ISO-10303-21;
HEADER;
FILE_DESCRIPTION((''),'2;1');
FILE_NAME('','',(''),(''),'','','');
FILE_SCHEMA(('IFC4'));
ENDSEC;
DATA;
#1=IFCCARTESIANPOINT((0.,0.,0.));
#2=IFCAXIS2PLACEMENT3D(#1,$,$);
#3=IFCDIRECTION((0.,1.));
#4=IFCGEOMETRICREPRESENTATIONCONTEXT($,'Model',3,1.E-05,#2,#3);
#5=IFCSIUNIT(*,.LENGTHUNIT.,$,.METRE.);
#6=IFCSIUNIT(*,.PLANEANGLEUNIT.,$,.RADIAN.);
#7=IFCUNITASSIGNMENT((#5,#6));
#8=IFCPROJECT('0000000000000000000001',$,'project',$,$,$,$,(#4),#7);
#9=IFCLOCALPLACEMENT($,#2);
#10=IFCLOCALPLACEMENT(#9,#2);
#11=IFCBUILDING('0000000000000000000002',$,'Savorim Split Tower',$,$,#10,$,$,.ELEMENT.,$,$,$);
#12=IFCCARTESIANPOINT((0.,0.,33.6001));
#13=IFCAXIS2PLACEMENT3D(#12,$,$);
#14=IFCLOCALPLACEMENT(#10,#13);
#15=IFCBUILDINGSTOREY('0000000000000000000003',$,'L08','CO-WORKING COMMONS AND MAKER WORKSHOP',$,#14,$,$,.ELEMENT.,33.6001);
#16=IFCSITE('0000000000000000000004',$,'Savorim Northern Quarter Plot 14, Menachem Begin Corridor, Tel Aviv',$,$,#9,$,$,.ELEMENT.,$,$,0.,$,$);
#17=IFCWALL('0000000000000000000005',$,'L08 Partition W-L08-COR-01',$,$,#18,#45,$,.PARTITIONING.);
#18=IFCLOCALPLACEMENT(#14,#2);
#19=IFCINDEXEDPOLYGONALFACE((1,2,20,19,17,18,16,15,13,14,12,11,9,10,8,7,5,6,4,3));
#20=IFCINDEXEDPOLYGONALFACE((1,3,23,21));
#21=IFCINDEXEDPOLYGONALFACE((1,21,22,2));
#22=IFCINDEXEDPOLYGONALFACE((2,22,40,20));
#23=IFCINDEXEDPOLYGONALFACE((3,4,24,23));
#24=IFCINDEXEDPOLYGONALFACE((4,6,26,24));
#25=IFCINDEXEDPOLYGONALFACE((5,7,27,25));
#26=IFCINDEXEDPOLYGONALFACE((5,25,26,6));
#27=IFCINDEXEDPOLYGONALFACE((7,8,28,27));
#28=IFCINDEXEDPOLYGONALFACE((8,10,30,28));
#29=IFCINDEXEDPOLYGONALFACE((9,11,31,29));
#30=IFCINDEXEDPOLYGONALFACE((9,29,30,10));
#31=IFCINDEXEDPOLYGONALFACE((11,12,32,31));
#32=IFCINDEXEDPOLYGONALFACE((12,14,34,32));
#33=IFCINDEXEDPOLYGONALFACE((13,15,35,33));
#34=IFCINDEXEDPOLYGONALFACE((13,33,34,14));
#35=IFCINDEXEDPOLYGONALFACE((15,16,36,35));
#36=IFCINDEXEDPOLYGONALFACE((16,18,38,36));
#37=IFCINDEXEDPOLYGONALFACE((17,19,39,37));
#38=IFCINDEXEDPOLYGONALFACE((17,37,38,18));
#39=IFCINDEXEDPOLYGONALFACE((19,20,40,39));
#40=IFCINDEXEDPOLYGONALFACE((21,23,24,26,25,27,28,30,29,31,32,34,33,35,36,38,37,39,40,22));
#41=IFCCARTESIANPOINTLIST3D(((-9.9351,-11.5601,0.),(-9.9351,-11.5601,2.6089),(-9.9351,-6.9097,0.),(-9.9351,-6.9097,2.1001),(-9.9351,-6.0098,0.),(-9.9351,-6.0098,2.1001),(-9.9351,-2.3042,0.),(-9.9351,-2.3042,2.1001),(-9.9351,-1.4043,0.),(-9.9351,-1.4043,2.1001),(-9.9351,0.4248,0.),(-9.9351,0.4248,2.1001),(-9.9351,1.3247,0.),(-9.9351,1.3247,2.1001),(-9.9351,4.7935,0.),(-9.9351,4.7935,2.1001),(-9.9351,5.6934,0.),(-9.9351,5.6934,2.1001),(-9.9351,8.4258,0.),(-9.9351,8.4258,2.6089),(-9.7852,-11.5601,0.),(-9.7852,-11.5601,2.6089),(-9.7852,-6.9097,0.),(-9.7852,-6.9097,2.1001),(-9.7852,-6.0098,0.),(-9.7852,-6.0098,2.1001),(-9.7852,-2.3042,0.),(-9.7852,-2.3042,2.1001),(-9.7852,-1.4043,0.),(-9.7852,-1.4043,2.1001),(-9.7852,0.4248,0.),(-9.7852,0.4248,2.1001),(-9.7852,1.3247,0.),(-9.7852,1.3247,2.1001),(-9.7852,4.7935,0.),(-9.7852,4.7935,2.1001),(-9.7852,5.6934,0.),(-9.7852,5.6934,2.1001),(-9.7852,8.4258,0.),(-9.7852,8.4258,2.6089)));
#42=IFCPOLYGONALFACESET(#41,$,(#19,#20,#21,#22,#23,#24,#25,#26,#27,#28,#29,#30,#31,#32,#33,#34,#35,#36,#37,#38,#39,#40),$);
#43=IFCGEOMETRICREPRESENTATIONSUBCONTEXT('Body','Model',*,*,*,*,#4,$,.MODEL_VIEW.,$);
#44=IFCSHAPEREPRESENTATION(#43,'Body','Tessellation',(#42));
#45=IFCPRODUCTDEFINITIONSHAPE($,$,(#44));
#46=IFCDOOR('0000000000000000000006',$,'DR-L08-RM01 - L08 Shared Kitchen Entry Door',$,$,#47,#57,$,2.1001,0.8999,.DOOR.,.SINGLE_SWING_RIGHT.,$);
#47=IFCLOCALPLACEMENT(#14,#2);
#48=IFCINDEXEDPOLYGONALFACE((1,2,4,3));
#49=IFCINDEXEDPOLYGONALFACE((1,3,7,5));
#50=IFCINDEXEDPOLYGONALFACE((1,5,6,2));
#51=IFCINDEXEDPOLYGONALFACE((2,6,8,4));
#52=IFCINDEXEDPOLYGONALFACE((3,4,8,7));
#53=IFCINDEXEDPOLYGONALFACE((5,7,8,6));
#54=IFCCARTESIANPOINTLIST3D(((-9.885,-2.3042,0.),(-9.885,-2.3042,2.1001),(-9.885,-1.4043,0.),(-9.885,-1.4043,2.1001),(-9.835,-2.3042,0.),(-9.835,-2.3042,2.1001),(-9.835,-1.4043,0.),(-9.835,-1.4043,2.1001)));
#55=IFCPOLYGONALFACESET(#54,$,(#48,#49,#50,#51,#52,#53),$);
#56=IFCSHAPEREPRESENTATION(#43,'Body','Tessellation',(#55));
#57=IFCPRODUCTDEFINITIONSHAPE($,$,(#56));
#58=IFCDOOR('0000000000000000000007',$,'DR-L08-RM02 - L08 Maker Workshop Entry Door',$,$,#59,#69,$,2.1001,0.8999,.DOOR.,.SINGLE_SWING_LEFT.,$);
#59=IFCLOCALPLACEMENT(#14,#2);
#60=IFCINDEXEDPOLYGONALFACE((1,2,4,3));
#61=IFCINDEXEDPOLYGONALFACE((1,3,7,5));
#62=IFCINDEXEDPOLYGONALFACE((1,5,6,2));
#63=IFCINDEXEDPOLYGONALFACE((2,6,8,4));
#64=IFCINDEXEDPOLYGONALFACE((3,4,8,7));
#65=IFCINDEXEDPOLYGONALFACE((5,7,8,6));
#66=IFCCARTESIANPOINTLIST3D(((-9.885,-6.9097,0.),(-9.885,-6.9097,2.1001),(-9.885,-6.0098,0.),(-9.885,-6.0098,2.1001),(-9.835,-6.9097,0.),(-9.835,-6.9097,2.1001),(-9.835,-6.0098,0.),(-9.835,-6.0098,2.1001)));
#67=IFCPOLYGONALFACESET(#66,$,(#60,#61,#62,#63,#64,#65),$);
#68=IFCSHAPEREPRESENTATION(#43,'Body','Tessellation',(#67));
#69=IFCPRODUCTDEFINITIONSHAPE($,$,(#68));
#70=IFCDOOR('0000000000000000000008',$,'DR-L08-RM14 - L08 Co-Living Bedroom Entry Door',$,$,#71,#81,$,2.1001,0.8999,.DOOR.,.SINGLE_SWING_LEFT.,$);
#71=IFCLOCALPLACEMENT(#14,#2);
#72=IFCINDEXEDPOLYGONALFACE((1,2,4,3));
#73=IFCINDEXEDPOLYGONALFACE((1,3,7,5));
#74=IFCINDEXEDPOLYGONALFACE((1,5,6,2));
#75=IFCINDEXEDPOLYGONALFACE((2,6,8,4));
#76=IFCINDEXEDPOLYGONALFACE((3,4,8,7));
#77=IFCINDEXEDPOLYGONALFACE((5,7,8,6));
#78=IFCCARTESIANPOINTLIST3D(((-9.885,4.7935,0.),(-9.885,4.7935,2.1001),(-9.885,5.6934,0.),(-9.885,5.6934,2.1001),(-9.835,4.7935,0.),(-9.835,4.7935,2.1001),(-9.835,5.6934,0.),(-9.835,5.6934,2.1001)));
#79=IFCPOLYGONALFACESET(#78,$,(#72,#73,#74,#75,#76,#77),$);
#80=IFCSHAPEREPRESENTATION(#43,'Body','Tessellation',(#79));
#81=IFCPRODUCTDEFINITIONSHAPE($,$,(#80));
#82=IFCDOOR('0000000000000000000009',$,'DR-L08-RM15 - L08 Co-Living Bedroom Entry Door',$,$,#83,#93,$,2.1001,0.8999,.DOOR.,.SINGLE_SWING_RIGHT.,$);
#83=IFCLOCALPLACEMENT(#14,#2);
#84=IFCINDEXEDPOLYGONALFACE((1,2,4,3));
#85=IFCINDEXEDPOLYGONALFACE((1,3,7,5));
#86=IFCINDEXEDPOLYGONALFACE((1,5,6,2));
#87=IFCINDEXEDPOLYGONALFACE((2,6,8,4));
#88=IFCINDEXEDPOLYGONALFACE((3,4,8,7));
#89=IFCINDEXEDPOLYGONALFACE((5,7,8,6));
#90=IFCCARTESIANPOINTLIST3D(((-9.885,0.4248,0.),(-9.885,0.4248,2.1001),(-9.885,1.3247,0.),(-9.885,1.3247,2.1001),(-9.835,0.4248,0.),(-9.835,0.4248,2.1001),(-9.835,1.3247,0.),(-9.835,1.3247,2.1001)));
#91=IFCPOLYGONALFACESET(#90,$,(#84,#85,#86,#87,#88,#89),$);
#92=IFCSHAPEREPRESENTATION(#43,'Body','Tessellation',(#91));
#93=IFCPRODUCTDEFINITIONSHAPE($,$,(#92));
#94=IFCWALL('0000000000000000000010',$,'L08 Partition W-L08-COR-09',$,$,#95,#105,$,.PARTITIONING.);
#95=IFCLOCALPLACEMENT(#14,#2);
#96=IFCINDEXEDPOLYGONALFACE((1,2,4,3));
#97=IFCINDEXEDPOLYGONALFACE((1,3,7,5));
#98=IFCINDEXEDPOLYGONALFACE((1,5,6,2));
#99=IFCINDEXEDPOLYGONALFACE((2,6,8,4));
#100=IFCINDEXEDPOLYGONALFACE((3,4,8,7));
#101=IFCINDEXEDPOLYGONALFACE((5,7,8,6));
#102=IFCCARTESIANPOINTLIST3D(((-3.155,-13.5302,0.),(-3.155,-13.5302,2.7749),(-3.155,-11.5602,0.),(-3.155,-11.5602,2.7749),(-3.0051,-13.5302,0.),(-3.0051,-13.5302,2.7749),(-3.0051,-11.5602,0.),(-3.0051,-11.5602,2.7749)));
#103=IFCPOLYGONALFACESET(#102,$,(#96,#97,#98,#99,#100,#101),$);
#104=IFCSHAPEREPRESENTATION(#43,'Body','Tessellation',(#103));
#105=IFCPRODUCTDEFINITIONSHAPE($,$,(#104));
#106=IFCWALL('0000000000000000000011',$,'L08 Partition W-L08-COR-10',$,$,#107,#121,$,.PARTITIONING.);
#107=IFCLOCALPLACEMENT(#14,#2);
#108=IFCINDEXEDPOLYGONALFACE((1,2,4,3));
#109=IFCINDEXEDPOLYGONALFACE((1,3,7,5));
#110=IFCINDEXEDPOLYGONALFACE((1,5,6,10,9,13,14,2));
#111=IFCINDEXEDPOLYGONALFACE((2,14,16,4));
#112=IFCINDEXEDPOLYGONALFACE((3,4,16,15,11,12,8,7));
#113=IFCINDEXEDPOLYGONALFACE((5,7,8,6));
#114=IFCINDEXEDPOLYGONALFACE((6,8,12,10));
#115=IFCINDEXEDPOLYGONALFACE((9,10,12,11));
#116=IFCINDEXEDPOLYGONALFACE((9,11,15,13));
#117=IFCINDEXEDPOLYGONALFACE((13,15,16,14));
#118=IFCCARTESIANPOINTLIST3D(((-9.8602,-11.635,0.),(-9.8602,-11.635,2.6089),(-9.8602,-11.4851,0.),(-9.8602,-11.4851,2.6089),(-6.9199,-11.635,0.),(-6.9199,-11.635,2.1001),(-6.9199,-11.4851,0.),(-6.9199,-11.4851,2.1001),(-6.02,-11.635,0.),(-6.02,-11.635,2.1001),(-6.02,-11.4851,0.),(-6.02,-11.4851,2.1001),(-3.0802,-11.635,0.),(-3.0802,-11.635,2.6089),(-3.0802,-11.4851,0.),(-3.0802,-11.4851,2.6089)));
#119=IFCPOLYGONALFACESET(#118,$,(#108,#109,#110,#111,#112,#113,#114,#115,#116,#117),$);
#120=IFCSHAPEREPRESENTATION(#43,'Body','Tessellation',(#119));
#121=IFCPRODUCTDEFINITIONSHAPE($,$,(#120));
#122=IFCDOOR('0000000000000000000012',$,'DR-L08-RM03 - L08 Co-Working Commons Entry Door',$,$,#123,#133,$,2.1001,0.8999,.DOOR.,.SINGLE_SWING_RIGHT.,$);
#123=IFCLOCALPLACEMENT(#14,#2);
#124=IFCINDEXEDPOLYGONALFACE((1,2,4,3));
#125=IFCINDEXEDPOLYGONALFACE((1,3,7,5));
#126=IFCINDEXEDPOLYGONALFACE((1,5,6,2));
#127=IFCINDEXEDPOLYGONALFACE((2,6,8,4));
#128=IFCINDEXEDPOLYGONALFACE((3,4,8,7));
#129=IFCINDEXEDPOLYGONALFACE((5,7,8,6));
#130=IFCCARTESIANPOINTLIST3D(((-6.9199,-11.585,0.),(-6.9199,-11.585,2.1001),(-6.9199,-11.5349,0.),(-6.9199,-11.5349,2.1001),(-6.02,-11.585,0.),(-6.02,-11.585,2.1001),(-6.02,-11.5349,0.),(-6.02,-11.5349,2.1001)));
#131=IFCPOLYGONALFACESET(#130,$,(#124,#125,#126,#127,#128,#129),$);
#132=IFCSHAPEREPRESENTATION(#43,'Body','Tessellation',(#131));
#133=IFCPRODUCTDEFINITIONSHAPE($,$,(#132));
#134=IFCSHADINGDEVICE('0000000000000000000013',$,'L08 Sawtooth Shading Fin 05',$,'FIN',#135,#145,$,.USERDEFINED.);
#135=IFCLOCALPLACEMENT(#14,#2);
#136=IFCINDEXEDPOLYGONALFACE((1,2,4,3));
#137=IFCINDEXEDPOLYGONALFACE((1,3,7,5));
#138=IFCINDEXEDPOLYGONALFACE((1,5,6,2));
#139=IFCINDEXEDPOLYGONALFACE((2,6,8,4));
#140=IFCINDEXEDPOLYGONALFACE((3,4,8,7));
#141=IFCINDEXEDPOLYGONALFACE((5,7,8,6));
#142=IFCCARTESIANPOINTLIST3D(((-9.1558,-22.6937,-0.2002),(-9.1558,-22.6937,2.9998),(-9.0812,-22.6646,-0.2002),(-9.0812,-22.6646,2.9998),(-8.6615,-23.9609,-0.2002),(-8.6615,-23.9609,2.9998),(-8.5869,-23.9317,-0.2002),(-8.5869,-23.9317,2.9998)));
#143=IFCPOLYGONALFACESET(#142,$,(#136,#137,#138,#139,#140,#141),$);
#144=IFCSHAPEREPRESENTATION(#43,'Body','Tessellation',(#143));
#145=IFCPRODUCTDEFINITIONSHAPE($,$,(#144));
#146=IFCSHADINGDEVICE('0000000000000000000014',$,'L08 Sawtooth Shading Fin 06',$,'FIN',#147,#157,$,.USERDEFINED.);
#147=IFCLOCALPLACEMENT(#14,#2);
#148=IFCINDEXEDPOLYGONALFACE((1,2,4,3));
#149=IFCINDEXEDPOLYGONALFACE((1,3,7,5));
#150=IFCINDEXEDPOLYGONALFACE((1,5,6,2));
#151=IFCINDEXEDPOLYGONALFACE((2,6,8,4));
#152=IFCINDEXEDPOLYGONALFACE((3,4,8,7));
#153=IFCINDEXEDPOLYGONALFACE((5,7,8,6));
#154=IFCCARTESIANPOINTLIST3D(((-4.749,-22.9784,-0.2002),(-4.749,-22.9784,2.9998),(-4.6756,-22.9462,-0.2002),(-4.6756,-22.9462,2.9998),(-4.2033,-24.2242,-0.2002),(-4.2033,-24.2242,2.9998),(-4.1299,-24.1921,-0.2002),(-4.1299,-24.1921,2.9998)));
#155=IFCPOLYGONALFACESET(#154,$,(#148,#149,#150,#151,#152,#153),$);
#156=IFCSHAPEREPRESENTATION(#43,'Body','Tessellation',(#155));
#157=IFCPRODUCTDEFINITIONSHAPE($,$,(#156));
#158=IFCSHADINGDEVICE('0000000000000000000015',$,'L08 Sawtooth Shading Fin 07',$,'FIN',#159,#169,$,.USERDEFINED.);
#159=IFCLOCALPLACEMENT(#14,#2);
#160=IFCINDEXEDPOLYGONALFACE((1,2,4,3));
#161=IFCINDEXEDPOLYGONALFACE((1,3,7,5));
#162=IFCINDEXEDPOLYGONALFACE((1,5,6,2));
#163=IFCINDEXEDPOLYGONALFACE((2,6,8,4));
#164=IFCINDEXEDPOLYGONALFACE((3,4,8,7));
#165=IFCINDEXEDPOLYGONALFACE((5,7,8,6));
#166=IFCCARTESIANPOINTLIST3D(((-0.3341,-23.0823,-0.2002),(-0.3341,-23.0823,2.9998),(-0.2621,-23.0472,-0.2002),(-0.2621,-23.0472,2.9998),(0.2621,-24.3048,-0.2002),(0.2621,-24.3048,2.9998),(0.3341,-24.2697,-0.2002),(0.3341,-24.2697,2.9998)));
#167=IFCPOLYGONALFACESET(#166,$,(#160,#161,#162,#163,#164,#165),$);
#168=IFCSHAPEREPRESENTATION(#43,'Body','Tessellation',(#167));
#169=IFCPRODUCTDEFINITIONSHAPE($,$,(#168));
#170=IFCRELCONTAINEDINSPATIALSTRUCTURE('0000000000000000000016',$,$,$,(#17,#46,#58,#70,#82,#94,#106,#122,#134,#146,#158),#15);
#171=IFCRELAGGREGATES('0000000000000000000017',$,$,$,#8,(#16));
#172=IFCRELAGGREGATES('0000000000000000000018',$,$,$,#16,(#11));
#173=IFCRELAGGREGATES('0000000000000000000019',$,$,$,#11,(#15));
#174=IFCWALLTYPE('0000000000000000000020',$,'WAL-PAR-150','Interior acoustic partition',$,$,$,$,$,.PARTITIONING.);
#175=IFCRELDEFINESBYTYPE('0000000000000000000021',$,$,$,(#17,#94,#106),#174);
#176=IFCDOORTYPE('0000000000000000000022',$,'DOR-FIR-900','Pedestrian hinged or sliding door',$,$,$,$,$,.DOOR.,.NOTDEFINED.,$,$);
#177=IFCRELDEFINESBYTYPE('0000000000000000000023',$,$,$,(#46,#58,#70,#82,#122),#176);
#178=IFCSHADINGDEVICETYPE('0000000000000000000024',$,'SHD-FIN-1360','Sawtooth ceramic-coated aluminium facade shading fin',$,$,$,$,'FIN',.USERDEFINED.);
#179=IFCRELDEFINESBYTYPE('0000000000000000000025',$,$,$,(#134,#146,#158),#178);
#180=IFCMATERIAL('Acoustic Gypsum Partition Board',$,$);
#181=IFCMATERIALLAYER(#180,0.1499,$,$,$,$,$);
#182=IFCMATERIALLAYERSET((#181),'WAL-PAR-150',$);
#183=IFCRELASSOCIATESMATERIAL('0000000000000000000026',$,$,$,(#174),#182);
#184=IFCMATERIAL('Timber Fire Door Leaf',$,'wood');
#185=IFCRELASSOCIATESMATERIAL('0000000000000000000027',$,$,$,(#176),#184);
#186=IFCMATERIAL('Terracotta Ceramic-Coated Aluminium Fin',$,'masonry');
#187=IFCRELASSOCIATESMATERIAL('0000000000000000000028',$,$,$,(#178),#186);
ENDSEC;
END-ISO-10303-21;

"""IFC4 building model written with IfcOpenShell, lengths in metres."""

from ifc_helpers import new_model, si_unit, direction, frame, frame_2d, origin, origin_2d, place, context, subcontext, project, spatial, rectangle, extrude, material, layer, layer_set, type_object, element, fill, save


model = new_model("IFC4")

# Units and contexts
model_context = context("Model", 3, precision=1e-05, world=origin(), true_north=direction((0.0, 1.0)))
body_context = subcontext(model_context, "Body", "Model", "MODEL_VIEW")
ifc_project = project(units=[si_unit("LENGTHUNIT", "METRE"), si_unit("PLANEANGLEUNIT", "RADIAN")], contexts=[model_context])

# Site, building, storey
site_placement = place(None, origin())
site = spatial("IfcSite", under=ifc_project, at=site_placement, Name="Savorim Northern Quarter Plot 14, Menachem Begin Corridor, Tel Aviv", CompositionType="ELEMENT", RefElevation=0.0)
building_placement = place(site_placement, origin())
building = spatial("IfcBuilding", under=site, at=building_placement, Name="Savorim Split Tower", CompositionType="ELEMENT")
storey_placement = place(building_placement, frame((0.0, 0.0, 33.6001)))
storey = spatial("IfcBuildingStorey", under=building, at=storey_placement, Name="L08", Description="CO-WORKING COMMONS AND MAKER WORKSHOP", CompositionType="ELEMENT", Elevation=33.6001)

# Wall, openings, doors
ifc_material_1 = material(Name="Acoustic Gypsum Partition Board")
ifc_layer_1 = layer(ifc_material_1, 0.1499)
ifc_layer_set_1 = layer_set([ifc_layer_1], Name="WAL-PAR-150")
wall_type = type_object("IfcWallType", Name="WAL-PAR-150", Description="Interior acoustic partition", PredefinedType="PARTITIONING", material=ifc_layer_set_1)
wall_1_placement = place(storey_placement, frame((-9.8601, -11.5601, 0.0), z_axis=(0.0, 0.0, 1.0), x_axis=(0.0, 1.0, 0.0)))
wall_1 = element("IfcWall", 1, at=wall_1_placement, inside=storey, type_object=wall_type, Name="L08 Partition W-L08-COR-01", PredefinedType="PARTITIONING", context=body_context, shape_type="SweptSolid", body=[
    extrude(rectangle(XDim=19.9858, YDim=0.1499, at=frame_2d((9.9929, 0.0))), origin(), (0.0, 0.0, 1.0), 2.6089),
])
opening_1_placement = place(wall_1_placement, frame((9.2559, 0.0, 0.0)))
opening_1 = element("IfcOpeningElement", 2, at=opening_1_placement, cuts=wall_1, PredefinedType="OPENING", context=body_context, shape_type="SweptSolid", body=[
    extrude(rectangle(XDim=0.8999, YDim=2.1001, at=frame_2d((0.45, 1.05))), frame((0.0, 0.085, 0.0), z_axis=(0.0, -1.0, 0.0), x_axis=(1.0, 0.0, 0.0)), (0.0, 0.0, 1.0), 0.1699),
])
opening_2_placement = place(wall_1_placement, frame((4.6504, 0.0, 0.0)))
opening_2 = element("IfcOpeningElement", 3, at=opening_2_placement, cuts=wall_1, PredefinedType="OPENING", context=body_context, shape_type="SweptSolid", body=[
    extrude(rectangle(XDim=0.8999, YDim=2.1001, at=frame_2d((0.45, 1.05))), frame((0.0, 0.085, 0.0), z_axis=(0.0, -1.0, 0.0), x_axis=(1.0, 0.0, 0.0)), (0.0, 0.0, 1.0), 0.1699),
])
opening_3_placement = place(wall_1_placement, frame((16.3535, 0.0, 0.0)))
opening_3 = element("IfcOpeningElement", 4, at=opening_3_placement, cuts=wall_1, PredefinedType="OPENING", context=body_context, shape_type="SweptSolid", body=[
    extrude(rectangle(XDim=0.8999, YDim=2.1001, at=frame_2d((0.45, 1.05))), frame((0.0, 0.085, 0.0), z_axis=(0.0, -1.0, 0.0), x_axis=(1.0, 0.0, 0.0)), (0.0, 0.0, 1.0), 0.1699),
])
opening_4_placement = place(wall_1_placement, frame((11.9849, 0.0, 0.0)))
opening_4 = element("IfcOpeningElement", 5, at=opening_4_placement, cuts=wall_1, PredefinedType="OPENING", context=body_context, shape_type="SweptSolid", body=[
    extrude(rectangle(XDim=0.8999, YDim=2.1001, at=frame_2d((0.45, 1.05))), frame((0.0, 0.085, 0.0), z_axis=(0.0, -1.0, 0.0), x_axis=(1.0, 0.0, 0.0)), (0.0, 0.0, 1.0), 0.1699),
])
ifc_material_2 = material(Name="Timber Fire Door Leaf", Category="wood")
door_type = type_object("IfcDoorType", Name="DOR-FIR-900", Description="Pedestrian hinged or sliding door", OperationType="NOTDEFINED", PredefinedType="DOOR", material=ifc_material_2)
door_1_placement = place(opening_1_placement, origin())
door_1 = element("IfcDoor", 6, at=door_1_placement, inside=storey, type_object=door_type, Name="DR-L08-RM01 - L08 Shared Kitchen Entry Door", OperationType="SINGLE_SWING_RIGHT", OverallHeight=2.1001, OverallWidth=0.8999, PredefinedType="DOOR", context=body_context, shape_type="SweptSolid", body=[
    extrude(rectangle(XDim=0.8999, YDim=2.1001, at=frame_2d((0.45, 1.05))), frame((0.0, 0.0249, 0.0), z_axis=(0.0, -1.0, 0.0), x_axis=(1.0, 0.0, 0.0)), (0.0, 0.0, 1.0), 0.05),
])
fill(opening_1, door_1)
door_2_placement = place(opening_2_placement, origin())
door_2 = element("IfcDoor", 7, at=door_2_placement, inside=storey, type_object=door_type, Name="DR-L08-RM02 - L08 Maker Workshop Entry Door", OperationType="SINGLE_SWING_LEFT", OverallHeight=2.1001, OverallWidth=0.8999, PredefinedType="DOOR", context=body_context, shape_type="SweptSolid", body=[
    extrude(rectangle(XDim=0.8999, YDim=2.1001, at=frame_2d((0.45, 1.05))), frame((0.0, 0.0249, 0.0), z_axis=(0.0, -1.0, 0.0), x_axis=(1.0, 0.0, 0.0)), (0.0, 0.0, 1.0), 0.05),
])
fill(opening_2, door_2)
door_3_placement = place(opening_3_placement, origin())
door_3 = element("IfcDoor", 8, at=door_3_placement, inside=storey, type_object=door_type, Name="DR-L08-RM14 - L08 Co-Living Bedroom Entry Door", OperationType="SINGLE_SWING_LEFT", OverallHeight=2.1001, OverallWidth=0.8999, PredefinedType="DOOR", context=body_context, shape_type="SweptSolid", body=[
    extrude(rectangle(XDim=0.8999, YDim=2.1001, at=frame_2d((0.45, 1.05))), frame((0.0, 0.0249, 0.0), z_axis=(0.0, -1.0, 0.0), x_axis=(1.0, 0.0, 0.0)), (0.0, 0.0, 1.0), 0.05),
])
fill(opening_3, door_3)
door_4_placement = place(opening_4_placement, origin())
door_4 = element("IfcDoor", 9, at=door_4_placement, inside=storey, type_object=door_type, Name="DR-L08-RM15 - L08 Co-Living Bedroom Entry Door", OperationType="SINGLE_SWING_RIGHT", OverallHeight=2.1001, OverallWidth=0.8999, PredefinedType="DOOR", context=body_context, shape_type="SweptSolid", body=[
    extrude(rectangle(XDim=0.8999, YDim=2.1001, at=frame_2d((0.45, 1.05))), frame((0.0, 0.0249, 0.0), z_axis=(0.0, -1.0, 0.0), x_axis=(1.0, 0.0, 0.0)), (0.0, 0.0, 1.0), 0.05),
])
fill(opening_4, door_4)

# Wall
wall_2_placement = place(storey_placement, frame((-3.0801, -13.53, 0.0), z_axis=(0.0, 0.0, 1.0), x_axis=(0.0, 1.0, 0.0)))
element("IfcWall", 10, at=wall_2_placement, inside=storey, type_object=wall_type, Name="L08 Partition W-L08-COR-09", PredefinedType="PARTITIONING", context=body_context, shape_type="SweptSolid", body=[
    extrude(rectangle(XDim=1.97, YDim=0.1499, at=frame_2d((0.9849, 0.0))), origin(), (0.0, 0.0, 1.0), 2.7749),
])

# Wall, opening, door
wall_3_placement = place(storey_placement, frame((-3.0801, -11.5601, 0.0), z_axis=(0.0, 0.0, 1.0), x_axis=(-1.0, 0.0, 0.0)))
wall_3 = element("IfcWall", 11, at=wall_3_placement, inside=storey, type_object=wall_type, Name="L08 Partition W-L08-COR-10", PredefinedType="PARTITIONING", context=body_context, shape_type="SweptSolid", body=[
    extrude(rectangle(XDim=6.78, YDim=0.1499, at=frame_2d((3.3901, 0.0))), origin(), (0.0, 0.0, 1.0), 2.6089),
])
opening_5_placement = place(wall_3_placement, frame((2.9399, 0.0, 0.0)))
opening_5 = element("IfcOpeningElement", 12, at=opening_5_placement, cuts=wall_3, PredefinedType="OPENING", context=body_context, shape_type="SweptSolid", body=[
    extrude(rectangle(XDim=0.8999, YDim=2.1001, at=frame_2d((0.45, 1.05))), frame((0.0, 0.085, 0.0), z_axis=(0.0, -1.0, 0.0), x_axis=(1.0, 0.0, 0.0)), (0.0, 0.0, 1.0), 0.1699),
])
door_5_placement = place(opening_5_placement, origin())
door_5 = element("IfcDoor", 13, at=door_5_placement, inside=storey, type_object=door_type, Name="DR-L08-RM03 - L08 Co-Working Commons Entry Door", OperationType="SINGLE_SWING_RIGHT", OverallHeight=2.1001, OverallWidth=0.8999, PredefinedType="DOOR", context=body_context, shape_type="SweptSolid", body=[
    extrude(rectangle(XDim=0.8999, YDim=2.1001, at=frame_2d((0.45, 1.05))), frame((0.0, 0.0249, 0.0), z_axis=(0.0, -1.0, 0.0), x_axis=(1.0, 0.0, 0.0)), (0.0, 0.0, 1.0), 0.05),
])
fill(opening_5, door_5)

# Shading devices
ifc_material_3 = material(Name="Terracotta Ceramic-Coated Aluminium Fin", Category="masonry")
shading_device_type = type_object("IfcShadingDeviceType", Name="SHD-FIN-1360", Description="Sawtooth ceramic-coated aluminium facade shading fin", ElementType="FIN", PredefinedType="USERDEFINED", material=ifc_material_3)
for number, where, z_axis, x_axis, name in (
    (14, (-8.8713, -23.3127, -0.2002), (0.0, 0.0, 1.0), (0.363415, -0.931627, 0.0), "L08 Sawtooth Shading Fin 05"),
    (15, (-4.4395, -23.5852, -0.2002), (0.0, 0.0, 1.0), (0.40123, -0.915977, 0.0), "L08 Sawtooth Shading Fin 06"),
    (16, (0.0, -23.676, -0.2002), (0.0, 0.0, 1.0), (0.438371, -0.898794, 0.0), "L08 Sawtooth Shading Fin 07"),
):
    element("IfcShadingDevice", number, at=place(storey_placement, frame(where, z_axis=z_axis, x_axis=x_axis)), inside=storey, type_object=shading_device_type, Name=name, ObjectType="FIN", PredefinedType="USERDEFINED", context=body_context, shape_type="SweptSolid", body=[
        extrude(rectangle(XDim=1.3601, YDim=0.0801, at=origin_2d()), origin(), (0.0, 0.0, 1.0), 3.2),
    ])

save(model, "model.ifc")
